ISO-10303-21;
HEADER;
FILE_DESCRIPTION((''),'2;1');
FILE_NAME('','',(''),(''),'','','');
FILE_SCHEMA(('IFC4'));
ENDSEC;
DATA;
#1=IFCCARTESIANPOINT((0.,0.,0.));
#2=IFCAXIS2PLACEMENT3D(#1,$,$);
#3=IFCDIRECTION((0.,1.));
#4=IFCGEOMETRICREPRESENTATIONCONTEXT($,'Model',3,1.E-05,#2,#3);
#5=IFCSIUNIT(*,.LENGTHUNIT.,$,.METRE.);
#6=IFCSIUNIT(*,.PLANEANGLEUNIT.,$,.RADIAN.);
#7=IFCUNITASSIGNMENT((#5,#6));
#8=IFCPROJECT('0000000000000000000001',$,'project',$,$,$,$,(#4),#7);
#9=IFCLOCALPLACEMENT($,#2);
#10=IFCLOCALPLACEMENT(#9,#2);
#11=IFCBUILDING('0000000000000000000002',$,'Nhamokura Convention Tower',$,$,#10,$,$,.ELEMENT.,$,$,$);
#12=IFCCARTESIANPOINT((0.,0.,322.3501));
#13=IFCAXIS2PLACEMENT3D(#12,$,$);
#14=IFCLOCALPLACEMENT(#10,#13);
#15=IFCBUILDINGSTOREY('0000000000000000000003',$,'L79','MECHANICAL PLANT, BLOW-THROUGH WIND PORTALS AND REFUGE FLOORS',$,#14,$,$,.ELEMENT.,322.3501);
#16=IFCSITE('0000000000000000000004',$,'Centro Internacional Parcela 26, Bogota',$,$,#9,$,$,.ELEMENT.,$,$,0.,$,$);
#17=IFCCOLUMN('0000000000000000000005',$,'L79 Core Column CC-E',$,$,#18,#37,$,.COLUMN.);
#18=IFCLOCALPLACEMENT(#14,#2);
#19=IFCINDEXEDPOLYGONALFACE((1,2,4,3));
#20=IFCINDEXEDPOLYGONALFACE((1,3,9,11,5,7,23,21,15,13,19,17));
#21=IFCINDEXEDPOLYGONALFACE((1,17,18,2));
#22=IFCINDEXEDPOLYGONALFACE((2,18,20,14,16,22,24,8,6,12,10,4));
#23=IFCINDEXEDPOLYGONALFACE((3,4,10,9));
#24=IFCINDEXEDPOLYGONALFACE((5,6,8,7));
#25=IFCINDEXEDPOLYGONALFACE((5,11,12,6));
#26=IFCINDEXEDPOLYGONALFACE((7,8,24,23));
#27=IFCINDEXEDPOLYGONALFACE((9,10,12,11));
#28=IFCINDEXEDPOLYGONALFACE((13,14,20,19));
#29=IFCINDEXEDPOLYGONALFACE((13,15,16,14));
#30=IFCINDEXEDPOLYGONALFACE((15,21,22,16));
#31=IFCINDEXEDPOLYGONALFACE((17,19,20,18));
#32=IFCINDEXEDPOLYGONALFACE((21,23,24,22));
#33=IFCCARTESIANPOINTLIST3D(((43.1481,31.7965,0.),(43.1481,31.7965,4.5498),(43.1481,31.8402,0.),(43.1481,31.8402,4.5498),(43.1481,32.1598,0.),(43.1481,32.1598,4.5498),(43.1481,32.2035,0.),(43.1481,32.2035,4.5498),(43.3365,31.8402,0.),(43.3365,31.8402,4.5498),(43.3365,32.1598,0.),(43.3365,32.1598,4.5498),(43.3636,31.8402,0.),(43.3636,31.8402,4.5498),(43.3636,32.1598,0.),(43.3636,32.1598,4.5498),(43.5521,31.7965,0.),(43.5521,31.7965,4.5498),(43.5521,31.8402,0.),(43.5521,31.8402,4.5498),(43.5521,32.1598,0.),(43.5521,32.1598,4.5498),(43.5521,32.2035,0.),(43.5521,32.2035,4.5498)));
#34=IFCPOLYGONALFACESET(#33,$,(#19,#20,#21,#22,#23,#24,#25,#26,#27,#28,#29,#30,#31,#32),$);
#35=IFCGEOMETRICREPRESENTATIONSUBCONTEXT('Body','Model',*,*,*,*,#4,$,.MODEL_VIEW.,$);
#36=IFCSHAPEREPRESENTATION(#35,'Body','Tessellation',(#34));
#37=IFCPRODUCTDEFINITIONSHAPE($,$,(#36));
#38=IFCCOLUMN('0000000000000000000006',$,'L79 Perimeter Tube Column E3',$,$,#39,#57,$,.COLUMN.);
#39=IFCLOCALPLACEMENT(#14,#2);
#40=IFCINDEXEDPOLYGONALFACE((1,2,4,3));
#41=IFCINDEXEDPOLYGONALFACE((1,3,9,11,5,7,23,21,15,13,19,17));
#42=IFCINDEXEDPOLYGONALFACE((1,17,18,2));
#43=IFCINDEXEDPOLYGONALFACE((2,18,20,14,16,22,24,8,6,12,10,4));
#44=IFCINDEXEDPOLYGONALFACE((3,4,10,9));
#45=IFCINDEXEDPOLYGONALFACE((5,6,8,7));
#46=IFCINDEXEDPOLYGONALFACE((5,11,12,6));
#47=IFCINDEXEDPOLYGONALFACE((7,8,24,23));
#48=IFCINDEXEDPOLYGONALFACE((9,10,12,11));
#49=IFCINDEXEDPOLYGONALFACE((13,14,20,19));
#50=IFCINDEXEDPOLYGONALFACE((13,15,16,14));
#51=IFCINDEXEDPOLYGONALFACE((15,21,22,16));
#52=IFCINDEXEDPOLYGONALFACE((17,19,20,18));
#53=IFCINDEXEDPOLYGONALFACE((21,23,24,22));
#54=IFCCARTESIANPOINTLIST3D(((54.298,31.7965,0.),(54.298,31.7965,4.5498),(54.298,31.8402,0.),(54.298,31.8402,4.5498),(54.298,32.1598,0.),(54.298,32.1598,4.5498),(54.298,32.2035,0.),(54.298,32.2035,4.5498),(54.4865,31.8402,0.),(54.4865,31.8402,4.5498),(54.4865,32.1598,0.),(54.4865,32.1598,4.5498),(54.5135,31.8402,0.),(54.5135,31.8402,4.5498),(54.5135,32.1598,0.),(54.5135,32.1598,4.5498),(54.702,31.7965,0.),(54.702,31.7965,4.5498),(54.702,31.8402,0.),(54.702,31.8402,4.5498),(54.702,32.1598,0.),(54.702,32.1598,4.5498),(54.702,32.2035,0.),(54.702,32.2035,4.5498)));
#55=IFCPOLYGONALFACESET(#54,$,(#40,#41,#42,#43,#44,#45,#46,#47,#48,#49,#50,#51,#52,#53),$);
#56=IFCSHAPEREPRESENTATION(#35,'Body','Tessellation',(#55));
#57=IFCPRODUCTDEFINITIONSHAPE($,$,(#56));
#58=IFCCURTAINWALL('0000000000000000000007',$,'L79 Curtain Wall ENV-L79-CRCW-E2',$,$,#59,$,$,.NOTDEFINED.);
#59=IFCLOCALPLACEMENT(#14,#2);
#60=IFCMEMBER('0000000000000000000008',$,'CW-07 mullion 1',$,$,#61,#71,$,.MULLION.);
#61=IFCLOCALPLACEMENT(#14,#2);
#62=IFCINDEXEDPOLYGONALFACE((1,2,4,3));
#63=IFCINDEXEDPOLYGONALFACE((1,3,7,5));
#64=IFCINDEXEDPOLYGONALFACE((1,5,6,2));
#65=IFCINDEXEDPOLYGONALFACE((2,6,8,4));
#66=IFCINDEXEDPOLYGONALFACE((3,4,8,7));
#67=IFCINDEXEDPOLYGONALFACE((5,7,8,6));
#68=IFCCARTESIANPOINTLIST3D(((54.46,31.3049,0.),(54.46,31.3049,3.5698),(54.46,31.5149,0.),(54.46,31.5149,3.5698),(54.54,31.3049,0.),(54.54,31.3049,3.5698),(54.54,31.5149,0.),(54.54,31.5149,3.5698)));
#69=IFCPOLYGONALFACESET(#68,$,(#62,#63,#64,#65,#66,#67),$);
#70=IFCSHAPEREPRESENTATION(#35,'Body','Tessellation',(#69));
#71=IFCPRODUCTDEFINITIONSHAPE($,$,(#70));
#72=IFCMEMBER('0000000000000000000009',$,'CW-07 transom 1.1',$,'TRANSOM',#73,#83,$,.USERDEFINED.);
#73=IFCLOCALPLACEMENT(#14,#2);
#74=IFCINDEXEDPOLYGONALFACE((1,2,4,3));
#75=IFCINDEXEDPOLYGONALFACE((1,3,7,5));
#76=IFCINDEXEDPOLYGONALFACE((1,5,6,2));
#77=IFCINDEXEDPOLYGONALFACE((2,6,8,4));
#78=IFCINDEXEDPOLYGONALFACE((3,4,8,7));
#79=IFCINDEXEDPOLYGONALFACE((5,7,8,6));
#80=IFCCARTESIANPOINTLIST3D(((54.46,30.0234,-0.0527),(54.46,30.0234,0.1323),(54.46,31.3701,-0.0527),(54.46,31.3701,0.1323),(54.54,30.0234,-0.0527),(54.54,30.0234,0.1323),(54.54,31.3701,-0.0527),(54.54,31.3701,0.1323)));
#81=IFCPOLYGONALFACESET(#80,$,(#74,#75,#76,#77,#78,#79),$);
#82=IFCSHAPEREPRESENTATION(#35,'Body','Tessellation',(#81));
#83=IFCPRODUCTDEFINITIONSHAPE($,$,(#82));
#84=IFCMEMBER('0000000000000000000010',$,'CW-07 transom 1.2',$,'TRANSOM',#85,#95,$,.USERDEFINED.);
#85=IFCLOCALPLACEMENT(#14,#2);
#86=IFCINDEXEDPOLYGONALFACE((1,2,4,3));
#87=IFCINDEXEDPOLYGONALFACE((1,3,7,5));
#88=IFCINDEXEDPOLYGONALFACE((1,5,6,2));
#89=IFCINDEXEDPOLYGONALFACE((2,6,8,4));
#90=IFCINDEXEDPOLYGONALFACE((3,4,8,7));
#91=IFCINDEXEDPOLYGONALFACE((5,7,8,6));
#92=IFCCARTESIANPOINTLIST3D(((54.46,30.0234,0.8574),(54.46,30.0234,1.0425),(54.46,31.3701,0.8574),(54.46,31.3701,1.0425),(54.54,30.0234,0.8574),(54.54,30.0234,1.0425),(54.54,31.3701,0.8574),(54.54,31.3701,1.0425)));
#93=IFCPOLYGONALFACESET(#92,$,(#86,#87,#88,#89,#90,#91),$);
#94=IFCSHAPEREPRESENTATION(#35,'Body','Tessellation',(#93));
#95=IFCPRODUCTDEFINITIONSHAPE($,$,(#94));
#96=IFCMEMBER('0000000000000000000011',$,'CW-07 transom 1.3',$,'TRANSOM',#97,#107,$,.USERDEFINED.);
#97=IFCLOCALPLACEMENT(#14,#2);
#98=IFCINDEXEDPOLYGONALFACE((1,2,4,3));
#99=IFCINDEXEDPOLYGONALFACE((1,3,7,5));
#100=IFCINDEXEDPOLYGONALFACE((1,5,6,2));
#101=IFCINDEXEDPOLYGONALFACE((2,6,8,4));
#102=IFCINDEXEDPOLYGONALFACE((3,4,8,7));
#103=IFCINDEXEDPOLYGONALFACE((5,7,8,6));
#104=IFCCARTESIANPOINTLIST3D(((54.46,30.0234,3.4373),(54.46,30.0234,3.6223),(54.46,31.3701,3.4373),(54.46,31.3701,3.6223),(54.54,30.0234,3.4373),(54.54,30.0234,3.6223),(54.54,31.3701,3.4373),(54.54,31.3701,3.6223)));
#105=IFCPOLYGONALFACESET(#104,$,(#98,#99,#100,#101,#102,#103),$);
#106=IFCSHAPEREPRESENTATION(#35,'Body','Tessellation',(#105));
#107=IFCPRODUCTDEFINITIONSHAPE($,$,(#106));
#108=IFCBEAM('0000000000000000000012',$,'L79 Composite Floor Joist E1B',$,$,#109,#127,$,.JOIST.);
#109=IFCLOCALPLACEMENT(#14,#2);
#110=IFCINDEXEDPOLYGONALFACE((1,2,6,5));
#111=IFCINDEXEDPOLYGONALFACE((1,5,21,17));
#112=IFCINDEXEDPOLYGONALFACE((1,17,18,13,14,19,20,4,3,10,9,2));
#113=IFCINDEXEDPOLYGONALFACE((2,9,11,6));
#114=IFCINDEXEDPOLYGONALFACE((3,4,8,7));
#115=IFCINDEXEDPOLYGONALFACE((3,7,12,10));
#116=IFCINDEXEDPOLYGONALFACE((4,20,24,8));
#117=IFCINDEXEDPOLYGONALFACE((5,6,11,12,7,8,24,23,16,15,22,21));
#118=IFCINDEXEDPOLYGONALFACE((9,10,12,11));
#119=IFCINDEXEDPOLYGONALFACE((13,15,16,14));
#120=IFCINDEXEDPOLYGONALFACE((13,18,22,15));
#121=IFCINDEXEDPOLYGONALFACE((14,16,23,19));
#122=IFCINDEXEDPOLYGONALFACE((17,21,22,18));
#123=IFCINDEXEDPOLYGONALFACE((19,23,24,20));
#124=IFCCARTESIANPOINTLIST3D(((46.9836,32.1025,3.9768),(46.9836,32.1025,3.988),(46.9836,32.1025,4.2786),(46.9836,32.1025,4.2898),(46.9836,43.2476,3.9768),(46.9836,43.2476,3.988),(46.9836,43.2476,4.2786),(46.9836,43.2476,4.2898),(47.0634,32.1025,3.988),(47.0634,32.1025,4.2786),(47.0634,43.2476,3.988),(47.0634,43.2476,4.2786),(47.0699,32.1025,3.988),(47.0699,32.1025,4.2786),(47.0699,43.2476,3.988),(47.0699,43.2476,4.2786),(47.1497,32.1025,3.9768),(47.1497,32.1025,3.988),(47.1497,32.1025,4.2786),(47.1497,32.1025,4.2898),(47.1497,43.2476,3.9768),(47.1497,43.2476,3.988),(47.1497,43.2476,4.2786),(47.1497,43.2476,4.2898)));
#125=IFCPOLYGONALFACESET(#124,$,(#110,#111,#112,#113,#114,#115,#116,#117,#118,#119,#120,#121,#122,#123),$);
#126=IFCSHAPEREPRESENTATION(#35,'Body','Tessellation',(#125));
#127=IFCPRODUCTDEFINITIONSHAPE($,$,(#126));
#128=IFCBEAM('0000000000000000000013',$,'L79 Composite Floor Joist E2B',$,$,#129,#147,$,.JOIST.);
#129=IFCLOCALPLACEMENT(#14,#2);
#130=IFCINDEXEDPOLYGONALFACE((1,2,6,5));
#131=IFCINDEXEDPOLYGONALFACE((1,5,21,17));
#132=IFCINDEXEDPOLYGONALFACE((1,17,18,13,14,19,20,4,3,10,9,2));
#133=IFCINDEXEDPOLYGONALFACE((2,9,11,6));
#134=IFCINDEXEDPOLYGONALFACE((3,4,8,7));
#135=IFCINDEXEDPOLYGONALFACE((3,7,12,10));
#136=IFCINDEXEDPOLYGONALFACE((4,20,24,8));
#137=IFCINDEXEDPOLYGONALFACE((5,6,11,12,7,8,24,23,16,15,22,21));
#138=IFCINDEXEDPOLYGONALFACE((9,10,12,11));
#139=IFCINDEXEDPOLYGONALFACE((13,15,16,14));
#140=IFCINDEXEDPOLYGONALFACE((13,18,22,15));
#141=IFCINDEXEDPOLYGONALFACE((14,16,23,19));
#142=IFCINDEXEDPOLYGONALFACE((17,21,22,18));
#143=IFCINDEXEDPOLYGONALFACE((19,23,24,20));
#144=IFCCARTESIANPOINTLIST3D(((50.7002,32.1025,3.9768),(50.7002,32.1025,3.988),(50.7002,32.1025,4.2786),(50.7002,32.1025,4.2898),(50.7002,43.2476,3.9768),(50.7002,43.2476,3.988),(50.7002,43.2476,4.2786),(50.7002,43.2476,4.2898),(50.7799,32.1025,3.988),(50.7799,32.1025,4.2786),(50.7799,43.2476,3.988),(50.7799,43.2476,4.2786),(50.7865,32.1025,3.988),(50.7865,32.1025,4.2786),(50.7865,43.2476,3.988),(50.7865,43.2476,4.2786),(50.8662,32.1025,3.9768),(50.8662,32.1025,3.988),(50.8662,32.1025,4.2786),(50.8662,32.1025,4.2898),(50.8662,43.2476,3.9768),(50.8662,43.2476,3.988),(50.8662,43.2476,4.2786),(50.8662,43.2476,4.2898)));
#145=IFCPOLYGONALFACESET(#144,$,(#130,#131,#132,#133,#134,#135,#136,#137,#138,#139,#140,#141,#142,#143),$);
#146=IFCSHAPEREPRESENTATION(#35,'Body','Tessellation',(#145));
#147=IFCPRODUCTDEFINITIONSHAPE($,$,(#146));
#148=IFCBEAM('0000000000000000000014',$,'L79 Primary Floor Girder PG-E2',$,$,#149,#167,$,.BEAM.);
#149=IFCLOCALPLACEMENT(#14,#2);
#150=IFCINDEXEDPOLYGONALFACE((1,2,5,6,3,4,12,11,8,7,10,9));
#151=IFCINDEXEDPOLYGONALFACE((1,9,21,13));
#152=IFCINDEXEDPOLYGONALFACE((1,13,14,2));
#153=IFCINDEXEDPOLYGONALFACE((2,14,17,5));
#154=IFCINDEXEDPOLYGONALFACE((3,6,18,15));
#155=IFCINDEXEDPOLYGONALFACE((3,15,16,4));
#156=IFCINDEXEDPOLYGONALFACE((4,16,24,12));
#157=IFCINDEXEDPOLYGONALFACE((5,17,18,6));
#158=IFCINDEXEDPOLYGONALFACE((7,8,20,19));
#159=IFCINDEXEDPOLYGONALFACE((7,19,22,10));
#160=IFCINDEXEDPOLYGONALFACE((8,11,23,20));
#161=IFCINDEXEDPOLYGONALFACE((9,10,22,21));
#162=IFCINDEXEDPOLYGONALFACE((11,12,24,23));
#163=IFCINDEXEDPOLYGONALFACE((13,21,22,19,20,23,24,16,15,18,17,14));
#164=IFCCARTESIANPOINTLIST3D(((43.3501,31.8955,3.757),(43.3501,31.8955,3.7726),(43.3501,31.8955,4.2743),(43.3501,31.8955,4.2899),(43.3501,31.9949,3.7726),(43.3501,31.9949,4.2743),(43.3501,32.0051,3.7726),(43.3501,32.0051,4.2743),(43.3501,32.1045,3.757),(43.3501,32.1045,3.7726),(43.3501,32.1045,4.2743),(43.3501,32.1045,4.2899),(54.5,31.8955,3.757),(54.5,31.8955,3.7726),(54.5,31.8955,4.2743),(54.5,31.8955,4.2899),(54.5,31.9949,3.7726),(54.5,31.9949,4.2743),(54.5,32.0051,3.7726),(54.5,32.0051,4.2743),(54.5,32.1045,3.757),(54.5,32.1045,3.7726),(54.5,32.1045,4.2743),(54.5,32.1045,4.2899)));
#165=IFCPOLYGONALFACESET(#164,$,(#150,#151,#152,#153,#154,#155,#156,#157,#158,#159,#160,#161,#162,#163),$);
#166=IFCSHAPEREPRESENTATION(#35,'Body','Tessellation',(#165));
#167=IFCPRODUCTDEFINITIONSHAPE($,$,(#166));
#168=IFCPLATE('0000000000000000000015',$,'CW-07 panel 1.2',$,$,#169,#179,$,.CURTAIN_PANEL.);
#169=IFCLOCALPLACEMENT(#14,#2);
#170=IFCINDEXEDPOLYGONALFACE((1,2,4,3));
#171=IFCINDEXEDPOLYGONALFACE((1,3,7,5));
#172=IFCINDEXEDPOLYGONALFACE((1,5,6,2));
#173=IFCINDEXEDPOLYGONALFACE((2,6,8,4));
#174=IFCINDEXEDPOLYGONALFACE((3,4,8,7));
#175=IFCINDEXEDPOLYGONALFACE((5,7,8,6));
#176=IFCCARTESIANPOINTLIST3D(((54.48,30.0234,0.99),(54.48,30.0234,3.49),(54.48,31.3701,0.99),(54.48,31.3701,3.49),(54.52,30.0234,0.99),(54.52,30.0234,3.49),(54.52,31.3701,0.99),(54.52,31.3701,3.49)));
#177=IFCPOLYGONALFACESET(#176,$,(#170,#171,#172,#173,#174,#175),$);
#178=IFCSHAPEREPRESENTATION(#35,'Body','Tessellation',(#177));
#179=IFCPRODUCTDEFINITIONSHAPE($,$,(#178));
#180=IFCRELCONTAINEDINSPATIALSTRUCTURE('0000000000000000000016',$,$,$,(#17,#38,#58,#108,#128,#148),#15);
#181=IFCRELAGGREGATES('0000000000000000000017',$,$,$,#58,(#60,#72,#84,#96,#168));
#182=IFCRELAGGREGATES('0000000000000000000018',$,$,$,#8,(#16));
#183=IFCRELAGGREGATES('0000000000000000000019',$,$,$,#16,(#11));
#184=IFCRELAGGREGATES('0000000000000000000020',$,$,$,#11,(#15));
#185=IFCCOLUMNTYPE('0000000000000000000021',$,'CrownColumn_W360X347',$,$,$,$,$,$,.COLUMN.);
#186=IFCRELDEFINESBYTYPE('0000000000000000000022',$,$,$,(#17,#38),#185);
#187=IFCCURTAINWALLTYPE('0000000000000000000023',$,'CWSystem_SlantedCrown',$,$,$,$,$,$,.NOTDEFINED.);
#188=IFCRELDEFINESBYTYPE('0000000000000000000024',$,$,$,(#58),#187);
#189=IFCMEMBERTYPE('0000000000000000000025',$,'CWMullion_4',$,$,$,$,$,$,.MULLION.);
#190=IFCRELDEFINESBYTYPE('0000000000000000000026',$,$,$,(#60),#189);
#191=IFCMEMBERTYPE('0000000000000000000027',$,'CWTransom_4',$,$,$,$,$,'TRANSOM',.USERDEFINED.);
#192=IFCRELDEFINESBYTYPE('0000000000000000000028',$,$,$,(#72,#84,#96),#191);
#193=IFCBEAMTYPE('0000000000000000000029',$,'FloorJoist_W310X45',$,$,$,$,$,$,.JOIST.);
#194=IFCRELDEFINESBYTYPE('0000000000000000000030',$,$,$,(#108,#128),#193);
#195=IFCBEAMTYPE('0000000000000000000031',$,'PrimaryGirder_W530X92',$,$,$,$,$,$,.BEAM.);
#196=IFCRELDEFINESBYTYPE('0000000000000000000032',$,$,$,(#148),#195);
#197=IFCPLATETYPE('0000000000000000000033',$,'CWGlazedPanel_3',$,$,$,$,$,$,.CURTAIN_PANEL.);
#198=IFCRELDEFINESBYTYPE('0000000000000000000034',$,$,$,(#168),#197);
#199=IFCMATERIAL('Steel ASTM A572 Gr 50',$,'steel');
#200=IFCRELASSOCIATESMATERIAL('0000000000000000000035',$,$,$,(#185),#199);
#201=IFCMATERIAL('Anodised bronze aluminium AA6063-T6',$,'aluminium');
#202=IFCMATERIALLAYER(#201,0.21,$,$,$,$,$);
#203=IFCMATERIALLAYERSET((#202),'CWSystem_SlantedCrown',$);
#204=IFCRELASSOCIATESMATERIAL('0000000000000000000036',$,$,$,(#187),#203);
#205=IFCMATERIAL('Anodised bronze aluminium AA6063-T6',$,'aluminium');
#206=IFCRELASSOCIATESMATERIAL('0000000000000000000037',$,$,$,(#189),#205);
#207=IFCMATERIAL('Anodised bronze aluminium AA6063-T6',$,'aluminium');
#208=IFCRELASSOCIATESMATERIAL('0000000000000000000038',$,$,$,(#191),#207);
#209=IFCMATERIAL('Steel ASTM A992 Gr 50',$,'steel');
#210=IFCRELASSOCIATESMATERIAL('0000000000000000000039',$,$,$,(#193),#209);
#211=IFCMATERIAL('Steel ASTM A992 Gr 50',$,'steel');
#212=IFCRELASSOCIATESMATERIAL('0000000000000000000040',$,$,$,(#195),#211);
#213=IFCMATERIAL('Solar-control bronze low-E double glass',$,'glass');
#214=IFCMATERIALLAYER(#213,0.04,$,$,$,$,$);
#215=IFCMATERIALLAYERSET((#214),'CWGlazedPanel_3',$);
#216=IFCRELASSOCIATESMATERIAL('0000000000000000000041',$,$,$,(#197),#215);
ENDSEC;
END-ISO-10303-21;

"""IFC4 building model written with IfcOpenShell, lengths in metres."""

from ifc_helpers import new_model, si_unit, direction, frame, origin, origin_2d, place, context, subcontext, project, spatial, rectangle, i_section, extrude, material, layer, layer_set, material_profile, profile_set, type_object, element, aggregate, save


model = new_model("IFC4")

# Units and contexts
model_context = context("Model", 3, precision=1e-05, world=origin(), true_north=direction((0.0, 1.0)))
body_context = subcontext(model_context, "Body", "Model", "MODEL_VIEW")
ifc_project = project(units=[si_unit("LENGTHUNIT", "METRE"), si_unit("PLANEANGLEUNIT", "RADIAN")], contexts=[model_context])

# Site, building, storey
site_placement = place(None, origin())
site = spatial("IfcSite", under=ifc_project, at=site_placement, Name="Centro Internacional Parcela 26, Bogota", CompositionType="ELEMENT", RefElevation=0.0)
building_placement = place(site_placement, origin())
building = spatial("IfcBuilding", under=site, at=building_placement, Name="Nhamokura Convention Tower", CompositionType="ELEMENT")
storey_placement = place(building_placement, frame((0.0, 0.0, 322.3501)))
storey = spatial("IfcBuildingStorey", under=building, at=storey_placement, Name="L79", Description="MECHANICAL PLANT, BLOW-THROUGH WIND PORTALS AND REFUGE FLOORS", CompositionType="ELEMENT", Elevation=322.3501)

# Columns
ifc_material_1 = material(Name="Steel ASTM A572 Gr 50", Category="steel")
ifc_material_profile_1 = material_profile(ifc_material_1, i_section(OverallWidth=0.4041, OverallDepth=0.407, WebThickness=0.0271, FlangeThickness=0.0437, at=origin_2d()))
ifc_profile_set_1 = profile_set([ifc_material_profile_1], Name="Steel ASTM A572 Gr 50")
column_type = type_object("IfcColumnType", Name="CrownColumn_W360X347", PredefinedType="COLUMN", material=ifc_profile_set_1)
for number, where, z_axis, x_axis, name in (
    (1, (43.3501, 32.0, 0.0), (0.0, 0.0, 1.0), (1.0, 0.0, 0.0), "L79 Core Column CC-E"),
    (2, (54.5, 32.0, 0.0), (0.0, 0.0, 1.0), (1.0, 0.0, 0.0), "L79 Perimeter Tube Column E3"),
):
    element("IfcColumn", number, at=place(storey_placement, frame(where, z_axis=z_axis, x_axis=x_axis)), inside=storey, type_object=column_type, Name=name, PredefinedType="COLUMN", context=body_context, shape_type="SweptSolid", body=[
        extrude(i_section(OverallWidth=0.4041, OverallDepth=0.407, WebThickness=0.0271, FlangeThickness=0.0437, at=origin_2d()), origin(), (0.0, 0.0, 1.0), 4.5498),
    ])

# Curtain wall, members
ifc_material_2 = material(Name="Anodised bronze aluminium AA6063-T6", Category="aluminium")
ifc_layer_1 = layer(ifc_material_2, 0.21)
ifc_layer_set_1 = layer_set([ifc_layer_1], Name="CWSystem_SlantedCrown")
curtain_wall_type = type_object("IfcCurtainWallType", Name="CWSystem_SlantedCrown", PredefinedType="NOTDEFINED", material=ifc_layer_set_1)
curtain_wall_placement = place(storey_placement, origin())
curtain_wall = element("IfcCurtainWall", 3, at=curtain_wall_placement, inside=storey, type_object=curtain_wall_type, Name="L79 Curtain Wall ENV-L79-CRCW-E2", PredefinedType="NOTDEFINED")
ifc_material_3 = material(Name="Anodised bronze aluminium AA6063-T6", Category="aluminium")
ifc_material_profile_2 = material_profile(ifc_material_3, rectangle(XDim=0.0801, YDim=0.21, at=origin_2d()))
ifc_profile_set_2 = profile_set([ifc_material_profile_2], Name="Anodised bronze aluminium AA6063-T6")
member_type_1 = type_object("IfcMemberType", Name="CWMullion_4", PredefinedType="MULLION", material=ifc_profile_set_2)
member_1_placement = place(storey_placement, frame((54.5, 31.4099, 0.0), z_axis=(0.0, 0.0, 1.0), x_axis=(1.0, 0.0, 0.0)))
member_1 = element("IfcMember", 4, at=member_1_placement, type_object=member_type_1, Name="CW-07 mullion 1", PredefinedType="MULLION", context=body_context, shape_type="SweptSolid", body=[
    extrude(rectangle(XDim=0.0801, YDim=0.21, at=origin_2d()), origin(), (0.0, 0.0, 1.0), 3.5698),
])
ifc_material_4 = material(Name="Anodised bronze aluminium AA6063-T6", Category="aluminium")
ifc_material_profile_3 = material_profile(ifc_material_4, rectangle(XDim=0.0801, YDim=0.1851, at=origin_2d()))
ifc_profile_set_3 = profile_set([ifc_material_profile_3], Name="Anodised bronze aluminium AA6063-T6")
member_type_2 = type_object("IfcMemberType", Name="CWTransom_4", ElementType="TRANSOM", PredefinedType="USERDEFINED", material=ifc_profile_set_3)
member_2_placement = place(storey_placement, frame((54.5, 31.3701, 0.0398), z_axis=(0.0, -1.0, 0.0), x_axis=(1.0, 0.0, 0.0)))
member_2 = element("IfcMember", 5, at=member_2_placement, type_object=member_type_2, Name="CW-07 transom 1.1", ObjectType="TRANSOM", PredefinedType="USERDEFINED", context=body_context, shape_type="SweptSolid", body=[
    extrude(rectangle(XDim=0.0801, YDim=0.1851, at=origin_2d()), origin(), (0.0, 0.0, 1.0), 1.3467),
])
member_3_placement = place(storey_placement, frame((54.5, 31.3701, 0.95), z_axis=(0.0, -1.0, 0.0), x_axis=(1.0, 0.0, 0.0)))
member_3 = element("IfcMember", 6, at=member_3_placement, type_object=member_type_2, Name="CW-07 transom 1.2", ObjectType="TRANSOM", PredefinedType="USERDEFINED", context=body_context, shape_type="SweptSolid", body=[
    extrude(rectangle(XDim=0.0801, YDim=0.1851, at=origin_2d()), origin(), (0.0, 0.0, 1.0), 1.3467),
])
member_4_placement = place(storey_placement, frame((54.5, 31.3701, 3.5298), z_axis=(0.0, -1.0, 0.0), x_axis=(1.0, 0.0, 0.0)))
member_4 = element("IfcMember", 7, at=member_4_placement, type_object=member_type_2, Name="CW-07 transom 1.3", ObjectType="TRANSOM", PredefinedType="USERDEFINED", context=body_context, shape_type="SweptSolid", body=[
    extrude(rectangle(XDim=0.0801, YDim=0.1851, at=origin_2d()), origin(), (0.0, 0.0, 1.0), 1.3467),
])

# Beams
ifc_material_5 = material(Name="Steel ASTM A992 Gr 50", Category="steel")
ifc_material_profile_4 = material_profile(ifc_material_5, i_section(OverallWidth=0.166, OverallDepth=0.313, WebThickness=0.0066, FlangeThickness=0.0112, at=origin_2d()))
ifc_profile_set_4 = profile_set([ifc_material_profile_4], Name="Steel ASTM A992 Gr 50")
beam_type_1 = type_object("IfcBeamType", Name="FloorJoist_W310X45", PredefinedType="JOIST", material=ifc_profile_set_4)
for number, where, z_axis, x_axis, name in (
    (8, (47.0667, 32.1025, 4.1333), (0.0, 1.0, 0.0), (-1.0, 0.0, 0.0), "L79 Composite Floor Joist E1B"),
    (9, (50.7832, 32.1025, 4.1333), (0.0, 1.0, 0.0), (-1.0, 0.0, 0.0), "L79 Composite Floor Joist E2B"),
):
    element("IfcBeam", number, at=place(storey_placement, frame(where, z_axis=z_axis, x_axis=x_axis)), inside=storey, type_object=beam_type_1, Name=name, PredefinedType="JOIST", context=body_context, shape_type="SweptSolid", body=[
        extrude(i_section(OverallWidth=0.166, OverallDepth=0.313, WebThickness=0.0066, FlangeThickness=0.0112, at=origin_2d()), origin(), (0.0, 0.0, 1.0), 11.145),
    ])
ifc_material_6 = material(Name="Steel ASTM A992 Gr 50", Category="steel")
ifc_material_profile_5 = material_profile(ifc_material_6, i_section(OverallWidth=0.209, OverallDepth=0.533, WebThickness=0.0103, FlangeThickness=0.0156, at=origin_2d()))
ifc_profile_set_5 = profile_set([ifc_material_profile_5], Name="Steel ASTM A992 Gr 50")
beam_type_2 = type_object("IfcBeamType", Name="PrimaryGirder_W530X92", PredefinedType="BEAM", material=ifc_profile_set_5)
beam_placement = place(storey_placement, frame((43.3501, 32.0, 4.0234), z_axis=(1.0, 0.0, 0.0), x_axis=(0.0, 1.0, 0.0)))
element("IfcBeam", 10, at=beam_placement, inside=storey, type_object=beam_type_2, Name="L79 Primary Floor Girder PG-E2", PredefinedType="BEAM", context=body_context, shape_type="SweptSolid", body=[
    extrude(i_section(OverallWidth=0.209, OverallDepth=0.533, WebThickness=0.0103, FlangeThickness=0.0156, at=origin_2d()), origin(), (0.0, 0.0, 1.0), 11.1499),
])

# Plate
ifc_material_7 = material(Name="Solar-control bronze low-E double glass", Category="glass")
ifc_layer_2 = layer(ifc_material_7, 0.04)
ifc_layer_set_2 = layer_set([ifc_layer_2], Name="CWGlazedPanel_3")
plate_type = type_object("IfcPlateType", Name="CWGlazedPanel_3", PredefinedType="CURTAIN_PANEL", material=ifc_layer_set_2)
plate_placement = place(storey_placement, frame((54.5, 30.6968, 0.99), z_axis=(0.0, 0.0, 1.0), x_axis=(0.0, -1.0, 0.0)))
plate = element("IfcPlate", 11, at=plate_placement, type_object=plate_type, Name="CW-07 panel 1.2", PredefinedType="CURTAIN_PANEL", context=body_context, shape_type="SweptSolid", body=[
    extrude(rectangle(XDim=1.3467, YDim=0.04, at=origin_2d()), origin(), (0.0, 0.0, 1.0), 2.5),
])
aggregate(curtain_wall, [member_1, member_2, member_3, member_4, plate])

save(model, "model.ifc")
